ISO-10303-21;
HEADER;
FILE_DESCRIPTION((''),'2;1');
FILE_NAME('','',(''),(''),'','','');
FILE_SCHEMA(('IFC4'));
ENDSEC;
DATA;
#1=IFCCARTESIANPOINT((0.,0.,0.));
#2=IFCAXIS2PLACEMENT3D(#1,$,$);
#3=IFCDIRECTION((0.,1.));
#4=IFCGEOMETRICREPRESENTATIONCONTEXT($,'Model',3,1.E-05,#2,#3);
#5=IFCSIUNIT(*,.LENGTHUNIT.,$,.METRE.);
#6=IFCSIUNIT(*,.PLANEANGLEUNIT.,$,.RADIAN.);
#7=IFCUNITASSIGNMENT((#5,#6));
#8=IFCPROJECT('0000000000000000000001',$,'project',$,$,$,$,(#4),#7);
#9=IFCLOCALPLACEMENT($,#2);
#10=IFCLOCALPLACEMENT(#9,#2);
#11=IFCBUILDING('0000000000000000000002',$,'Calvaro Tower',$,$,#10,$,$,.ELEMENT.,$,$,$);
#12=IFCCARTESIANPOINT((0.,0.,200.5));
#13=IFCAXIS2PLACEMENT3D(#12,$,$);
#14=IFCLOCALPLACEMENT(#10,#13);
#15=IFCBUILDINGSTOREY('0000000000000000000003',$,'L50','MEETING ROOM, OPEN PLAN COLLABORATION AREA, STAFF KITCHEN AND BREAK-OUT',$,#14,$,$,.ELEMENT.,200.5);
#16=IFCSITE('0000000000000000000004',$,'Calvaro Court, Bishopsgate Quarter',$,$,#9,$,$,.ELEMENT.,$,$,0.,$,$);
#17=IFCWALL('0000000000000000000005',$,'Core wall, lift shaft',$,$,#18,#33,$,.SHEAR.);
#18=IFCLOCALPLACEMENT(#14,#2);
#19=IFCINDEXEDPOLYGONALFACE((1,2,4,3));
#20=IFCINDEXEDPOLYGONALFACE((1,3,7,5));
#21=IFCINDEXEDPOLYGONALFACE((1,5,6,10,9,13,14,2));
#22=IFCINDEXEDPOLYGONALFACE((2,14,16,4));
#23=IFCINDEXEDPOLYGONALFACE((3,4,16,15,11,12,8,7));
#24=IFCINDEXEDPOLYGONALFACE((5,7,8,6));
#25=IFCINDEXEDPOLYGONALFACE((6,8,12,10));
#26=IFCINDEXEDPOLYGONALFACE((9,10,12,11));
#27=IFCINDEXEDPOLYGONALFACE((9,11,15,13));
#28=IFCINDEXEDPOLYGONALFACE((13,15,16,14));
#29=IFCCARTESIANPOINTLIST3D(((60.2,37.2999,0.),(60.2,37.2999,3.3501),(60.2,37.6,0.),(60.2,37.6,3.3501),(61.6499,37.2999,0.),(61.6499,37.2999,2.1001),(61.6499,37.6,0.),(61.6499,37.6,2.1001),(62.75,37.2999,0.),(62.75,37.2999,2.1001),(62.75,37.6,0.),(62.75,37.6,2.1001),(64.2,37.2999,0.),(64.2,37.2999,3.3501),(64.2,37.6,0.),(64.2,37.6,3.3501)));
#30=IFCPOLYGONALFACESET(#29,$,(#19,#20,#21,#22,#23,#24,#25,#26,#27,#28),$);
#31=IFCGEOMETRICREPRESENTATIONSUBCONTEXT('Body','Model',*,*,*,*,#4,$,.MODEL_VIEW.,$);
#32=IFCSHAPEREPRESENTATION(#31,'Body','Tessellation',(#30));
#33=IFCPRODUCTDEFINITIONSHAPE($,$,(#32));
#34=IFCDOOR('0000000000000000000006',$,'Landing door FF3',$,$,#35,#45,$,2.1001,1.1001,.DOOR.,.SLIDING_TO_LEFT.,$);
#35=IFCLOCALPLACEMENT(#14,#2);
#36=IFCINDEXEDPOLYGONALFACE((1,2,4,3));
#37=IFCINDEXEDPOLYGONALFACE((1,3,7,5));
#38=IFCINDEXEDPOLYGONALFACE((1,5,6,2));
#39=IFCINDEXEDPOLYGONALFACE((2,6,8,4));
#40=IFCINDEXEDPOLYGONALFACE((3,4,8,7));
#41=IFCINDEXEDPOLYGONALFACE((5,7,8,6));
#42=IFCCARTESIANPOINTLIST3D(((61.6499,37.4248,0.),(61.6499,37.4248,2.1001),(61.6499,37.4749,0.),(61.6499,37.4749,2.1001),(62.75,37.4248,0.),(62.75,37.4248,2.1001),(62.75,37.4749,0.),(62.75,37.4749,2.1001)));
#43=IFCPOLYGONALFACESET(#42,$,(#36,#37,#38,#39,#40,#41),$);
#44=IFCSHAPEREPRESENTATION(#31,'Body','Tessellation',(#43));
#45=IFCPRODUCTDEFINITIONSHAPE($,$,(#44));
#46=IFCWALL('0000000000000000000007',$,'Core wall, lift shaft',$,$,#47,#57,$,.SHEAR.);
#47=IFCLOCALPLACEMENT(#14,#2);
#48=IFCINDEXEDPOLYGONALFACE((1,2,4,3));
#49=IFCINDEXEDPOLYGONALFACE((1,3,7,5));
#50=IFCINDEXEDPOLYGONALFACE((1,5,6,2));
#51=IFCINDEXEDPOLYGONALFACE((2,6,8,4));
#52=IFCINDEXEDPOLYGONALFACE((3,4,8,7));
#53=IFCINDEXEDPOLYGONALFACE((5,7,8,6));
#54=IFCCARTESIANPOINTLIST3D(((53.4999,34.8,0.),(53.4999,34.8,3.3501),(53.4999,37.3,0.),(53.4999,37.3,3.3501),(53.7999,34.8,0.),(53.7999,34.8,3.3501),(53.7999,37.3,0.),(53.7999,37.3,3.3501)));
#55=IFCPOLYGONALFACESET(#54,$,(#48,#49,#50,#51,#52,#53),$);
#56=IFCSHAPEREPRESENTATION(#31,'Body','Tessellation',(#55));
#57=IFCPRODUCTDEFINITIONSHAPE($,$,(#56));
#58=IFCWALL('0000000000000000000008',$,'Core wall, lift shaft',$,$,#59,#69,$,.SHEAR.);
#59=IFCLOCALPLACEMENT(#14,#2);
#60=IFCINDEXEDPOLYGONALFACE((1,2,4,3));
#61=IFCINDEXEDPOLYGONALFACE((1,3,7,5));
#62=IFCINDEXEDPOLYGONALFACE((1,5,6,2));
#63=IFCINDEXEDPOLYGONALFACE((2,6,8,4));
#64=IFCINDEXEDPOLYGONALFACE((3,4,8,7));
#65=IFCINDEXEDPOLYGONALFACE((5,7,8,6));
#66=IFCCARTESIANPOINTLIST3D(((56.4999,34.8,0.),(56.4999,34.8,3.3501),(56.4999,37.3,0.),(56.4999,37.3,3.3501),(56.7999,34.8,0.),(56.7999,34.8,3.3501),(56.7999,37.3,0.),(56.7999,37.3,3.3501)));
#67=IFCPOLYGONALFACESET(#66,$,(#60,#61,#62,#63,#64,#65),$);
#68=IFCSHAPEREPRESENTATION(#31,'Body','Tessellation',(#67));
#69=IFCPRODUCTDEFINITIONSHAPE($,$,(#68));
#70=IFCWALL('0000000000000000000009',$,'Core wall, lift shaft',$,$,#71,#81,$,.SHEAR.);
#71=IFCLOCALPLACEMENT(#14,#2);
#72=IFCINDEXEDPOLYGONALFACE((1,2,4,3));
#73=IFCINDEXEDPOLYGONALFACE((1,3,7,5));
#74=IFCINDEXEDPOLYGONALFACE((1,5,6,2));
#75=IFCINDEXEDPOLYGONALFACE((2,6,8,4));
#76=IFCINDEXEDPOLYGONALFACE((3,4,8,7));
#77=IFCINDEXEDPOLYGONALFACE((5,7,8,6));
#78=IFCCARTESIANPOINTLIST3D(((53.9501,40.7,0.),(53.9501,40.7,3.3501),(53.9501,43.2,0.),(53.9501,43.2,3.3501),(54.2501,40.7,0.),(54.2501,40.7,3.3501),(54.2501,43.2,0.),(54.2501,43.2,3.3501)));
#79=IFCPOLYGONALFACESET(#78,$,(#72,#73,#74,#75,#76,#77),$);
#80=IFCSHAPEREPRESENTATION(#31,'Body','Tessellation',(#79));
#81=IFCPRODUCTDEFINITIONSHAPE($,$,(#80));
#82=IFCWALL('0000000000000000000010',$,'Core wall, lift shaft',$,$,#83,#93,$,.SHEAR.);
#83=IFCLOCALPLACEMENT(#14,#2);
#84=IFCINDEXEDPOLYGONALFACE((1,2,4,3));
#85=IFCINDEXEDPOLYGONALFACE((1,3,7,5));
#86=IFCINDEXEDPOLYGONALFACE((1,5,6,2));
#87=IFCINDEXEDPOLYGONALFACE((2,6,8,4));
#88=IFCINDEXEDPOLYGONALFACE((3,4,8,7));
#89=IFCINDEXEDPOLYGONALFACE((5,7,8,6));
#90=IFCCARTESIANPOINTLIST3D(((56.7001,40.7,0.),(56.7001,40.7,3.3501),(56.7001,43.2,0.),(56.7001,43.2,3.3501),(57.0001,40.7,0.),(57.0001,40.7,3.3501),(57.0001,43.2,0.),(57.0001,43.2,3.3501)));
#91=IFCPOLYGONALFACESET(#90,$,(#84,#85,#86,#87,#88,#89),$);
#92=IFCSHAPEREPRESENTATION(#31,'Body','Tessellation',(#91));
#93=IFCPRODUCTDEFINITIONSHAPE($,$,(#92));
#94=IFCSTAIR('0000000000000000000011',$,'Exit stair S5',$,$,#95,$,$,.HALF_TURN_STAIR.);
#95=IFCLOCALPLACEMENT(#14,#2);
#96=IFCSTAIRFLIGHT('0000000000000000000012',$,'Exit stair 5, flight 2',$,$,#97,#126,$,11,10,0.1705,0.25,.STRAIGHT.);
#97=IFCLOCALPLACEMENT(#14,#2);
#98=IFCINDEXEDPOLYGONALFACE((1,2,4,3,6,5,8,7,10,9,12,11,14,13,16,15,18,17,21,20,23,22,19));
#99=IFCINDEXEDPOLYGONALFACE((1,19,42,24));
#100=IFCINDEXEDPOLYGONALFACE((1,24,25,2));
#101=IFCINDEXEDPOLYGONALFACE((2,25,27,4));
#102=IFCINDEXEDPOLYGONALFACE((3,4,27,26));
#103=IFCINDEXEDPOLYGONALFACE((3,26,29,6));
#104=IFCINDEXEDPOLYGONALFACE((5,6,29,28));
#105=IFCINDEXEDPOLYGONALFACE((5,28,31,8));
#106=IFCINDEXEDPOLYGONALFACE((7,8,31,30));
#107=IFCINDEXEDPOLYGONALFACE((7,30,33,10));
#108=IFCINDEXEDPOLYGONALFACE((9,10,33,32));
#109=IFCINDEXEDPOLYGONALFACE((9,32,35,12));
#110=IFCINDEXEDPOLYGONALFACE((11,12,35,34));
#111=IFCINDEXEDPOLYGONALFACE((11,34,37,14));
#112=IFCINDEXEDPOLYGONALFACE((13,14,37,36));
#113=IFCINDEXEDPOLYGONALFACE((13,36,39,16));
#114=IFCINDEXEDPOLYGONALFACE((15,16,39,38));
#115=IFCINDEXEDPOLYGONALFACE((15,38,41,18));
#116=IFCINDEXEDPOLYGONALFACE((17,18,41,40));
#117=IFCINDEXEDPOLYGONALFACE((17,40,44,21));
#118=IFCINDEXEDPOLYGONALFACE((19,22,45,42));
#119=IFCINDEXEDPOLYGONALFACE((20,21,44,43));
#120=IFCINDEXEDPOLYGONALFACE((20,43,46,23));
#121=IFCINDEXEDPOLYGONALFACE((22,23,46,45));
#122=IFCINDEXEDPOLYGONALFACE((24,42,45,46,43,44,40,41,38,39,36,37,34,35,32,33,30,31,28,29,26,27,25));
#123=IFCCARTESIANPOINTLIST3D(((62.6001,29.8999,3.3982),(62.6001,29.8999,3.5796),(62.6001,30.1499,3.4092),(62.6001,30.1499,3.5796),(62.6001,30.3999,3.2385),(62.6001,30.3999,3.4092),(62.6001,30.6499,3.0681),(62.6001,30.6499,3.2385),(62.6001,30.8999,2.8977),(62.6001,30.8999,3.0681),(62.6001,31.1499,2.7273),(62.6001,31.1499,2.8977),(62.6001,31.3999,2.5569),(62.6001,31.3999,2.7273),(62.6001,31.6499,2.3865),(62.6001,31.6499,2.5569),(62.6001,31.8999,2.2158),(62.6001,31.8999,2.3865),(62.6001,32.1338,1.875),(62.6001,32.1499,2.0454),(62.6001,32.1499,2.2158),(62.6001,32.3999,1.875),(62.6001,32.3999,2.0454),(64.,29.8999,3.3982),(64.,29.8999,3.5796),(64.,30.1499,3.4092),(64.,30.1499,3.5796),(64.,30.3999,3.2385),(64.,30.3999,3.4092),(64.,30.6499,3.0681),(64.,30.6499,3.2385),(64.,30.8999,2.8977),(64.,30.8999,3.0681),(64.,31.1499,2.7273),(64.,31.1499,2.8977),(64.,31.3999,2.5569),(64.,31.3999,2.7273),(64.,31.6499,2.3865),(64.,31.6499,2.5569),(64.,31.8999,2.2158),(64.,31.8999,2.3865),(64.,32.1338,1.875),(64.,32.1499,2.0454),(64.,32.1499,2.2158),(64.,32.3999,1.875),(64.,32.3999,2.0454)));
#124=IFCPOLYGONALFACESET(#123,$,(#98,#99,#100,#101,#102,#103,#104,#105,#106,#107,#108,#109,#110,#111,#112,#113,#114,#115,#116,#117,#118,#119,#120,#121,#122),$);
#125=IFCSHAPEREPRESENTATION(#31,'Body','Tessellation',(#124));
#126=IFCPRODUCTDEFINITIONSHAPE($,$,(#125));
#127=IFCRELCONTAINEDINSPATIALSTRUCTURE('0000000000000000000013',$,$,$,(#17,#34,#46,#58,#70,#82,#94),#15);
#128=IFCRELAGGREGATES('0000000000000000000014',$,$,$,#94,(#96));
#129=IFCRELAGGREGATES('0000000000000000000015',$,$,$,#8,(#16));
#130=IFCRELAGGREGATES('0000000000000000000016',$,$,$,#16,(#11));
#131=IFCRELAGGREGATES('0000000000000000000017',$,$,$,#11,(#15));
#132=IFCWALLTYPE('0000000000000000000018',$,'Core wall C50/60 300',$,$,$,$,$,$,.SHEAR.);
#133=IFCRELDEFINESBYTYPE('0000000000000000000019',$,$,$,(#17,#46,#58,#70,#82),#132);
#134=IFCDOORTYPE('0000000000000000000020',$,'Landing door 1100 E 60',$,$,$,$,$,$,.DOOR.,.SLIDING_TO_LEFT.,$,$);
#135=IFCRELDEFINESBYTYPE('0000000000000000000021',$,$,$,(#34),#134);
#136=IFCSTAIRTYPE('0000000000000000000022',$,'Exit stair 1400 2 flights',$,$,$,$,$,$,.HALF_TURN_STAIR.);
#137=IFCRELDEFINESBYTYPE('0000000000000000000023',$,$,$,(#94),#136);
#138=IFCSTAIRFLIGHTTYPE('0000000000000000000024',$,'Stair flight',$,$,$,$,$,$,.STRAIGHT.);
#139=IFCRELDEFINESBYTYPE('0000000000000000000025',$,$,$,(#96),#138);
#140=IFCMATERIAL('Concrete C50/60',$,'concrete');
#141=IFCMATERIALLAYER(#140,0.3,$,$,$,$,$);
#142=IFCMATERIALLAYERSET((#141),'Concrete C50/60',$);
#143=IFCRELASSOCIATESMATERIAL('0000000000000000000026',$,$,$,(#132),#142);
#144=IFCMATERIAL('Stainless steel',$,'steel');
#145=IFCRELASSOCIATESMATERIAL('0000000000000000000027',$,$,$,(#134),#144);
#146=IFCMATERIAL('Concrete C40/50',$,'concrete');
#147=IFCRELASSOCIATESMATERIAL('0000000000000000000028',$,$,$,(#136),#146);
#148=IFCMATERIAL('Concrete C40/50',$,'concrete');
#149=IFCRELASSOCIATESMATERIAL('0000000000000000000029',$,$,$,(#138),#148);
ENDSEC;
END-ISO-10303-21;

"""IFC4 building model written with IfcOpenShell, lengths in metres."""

from ifc_helpers import new_model, si_unit, direction, frame, frame_2d, origin, place, context, subcontext, project, spatial, polyline, rectangle, outline, extrude, material, layer, layer_set, type_object, element, fill, aggregate, save


model = new_model("IFC4")

# Units and contexts
model_context = context("Model", 3, precision=1e-05, world=origin(), true_north=direction((0.0, 1.0)))
body_context = subcontext(model_context, "Body", "Model", "MODEL_VIEW")
ifc_project = project(units=[si_unit("LENGTHUNIT", "METRE"), si_unit("PLANEANGLEUNIT", "RADIAN")], contexts=[model_context])

# Site, building, storey
site_placement = place(None, origin())
site = spatial("IfcSite", under=ifc_project, at=site_placement, Name="Calvaro Court, Bishopsgate Quarter", CompositionType="ELEMENT", RefElevation=0.0)
building_placement = place(site_placement, origin())
building = spatial("IfcBuilding", under=site, at=building_placement, Name="Calvaro Tower", CompositionType="ELEMENT")
storey_placement = place(building_placement, frame((0.0, 0.0, 200.5)))
storey = spatial("IfcBuildingStorey", under=building, at=storey_placement, Name="L50", Description="MEETING ROOM, OPEN PLAN COLLABORATION AREA, STAFF KITCHEN AND BREAK-OUT", CompositionType="ELEMENT", Elevation=200.5)

# Shared definitions
ifc_material_1 = material(Name="Concrete C50/60", Category="concrete")
ifc_layer_1 = layer(ifc_material_1, 0.3)
ifc_layer_set_1 = layer_set([ifc_layer_1], Name="Concrete C50/60")
wall_type_1 = type_object("IfcWallType", Name="Core wall C50/60 300", PredefinedType="SHEAR", material=ifc_layer_set_1)

# Wall, opening, door
wall_1_placement = place(storey_placement, frame((60.2, 37.45, 0.0), z_axis=(0.0, 0.0, 1.0), x_axis=(1.0, 0.0, 0.0)))
wall_1 = element("IfcWall", 1, at=wall_1_placement, inside=storey, type_object=wall_type_1, Name="Core wall, lift shaft", PredefinedType="SHEAR", context=body_context, shape_type="SweptSolid", body=[
    extrude(rectangle(XDim=4.0, YDim=0.3, at=frame_2d((2.0, 0.0))), origin(), (0.0, 0.0, 1.0), 3.3501),
])
opening_1_placement = place(wall_1_placement, frame((1.45, 0.0, 0.0)))
opening_1 = element("IfcOpeningElement", 2, at=opening_1_placement, cuts=wall_1, PredefinedType="OPENING", context=body_context, shape_type="SweptSolid", body=[
    extrude(rectangle(XDim=1.1001, YDim=2.1001, at=frame_2d((0.55, 1.05))), frame((0.0, 0.1599, 0.0), z_axis=(0.0, -1.0, 0.0), x_axis=(1.0, 0.0, 0.0)), (0.0, 0.0, 1.0), 0.3201),
])
ifc_material_2 = material(Name="Stainless steel", Category="steel")
door_type_1 = type_object("IfcDoorType", Name="Landing door 1100 E 60", OperationType="SLIDING_TO_LEFT", PredefinedType="DOOR", material=ifc_material_2)
door_1_placement = place(opening_1_placement, origin())
door_1 = element("IfcDoor", 3, at=door_1_placement, inside=storey, type_object=door_type_1, Name="Landing door FF3", OperationType="SLIDING_TO_LEFT", OverallHeight=2.1001, OverallWidth=1.1001, PredefinedType="DOOR", context=body_context, shape_type="SweptSolid", body=[
    extrude(rectangle(XDim=1.1001, YDim=2.1001, at=frame_2d((0.55, 1.05))), frame((0.0, 0.0249, 0.0), z_axis=(0.0, -1.0, 0.0), x_axis=(1.0, 0.0, 0.0)), (0.0, 0.0, 1.0), 0.05),
])
fill(opening_1, door_1)

# Walls
for number, where, z_axis, x_axis, name in (
    (4, (53.6499, 34.8, 0.0), (0.0, 0.0, 1.0), (0.0, 1.0, 0.0), "Core wall, lift shaft"),
    (5, (56.6499, 34.8, 0.0), (0.0, 0.0, 1.0), (0.0, 1.0, 0.0), "Core wall, lift shaft"),
    (6, (54.1001, 40.7, 0.0), (0.0, 0.0, 1.0), (0.0, 1.0, 0.0), "Core wall, lift shaft"),
    (7, (56.8501, 40.7, 0.0), (0.0, 0.0, 1.0), (0.0, 1.0, 0.0), "Core wall, lift shaft"),
):
    element("IfcWall", number, at=place(storey_placement, frame(where, z_axis=z_axis, x_axis=x_axis)), inside=storey, type_object=wall_type_1, Name=name, PredefinedType="SHEAR", context=body_context, shape_type="SweptSolid", body=[
        extrude(rectangle(XDim=2.5, YDim=0.3, at=frame_2d((1.25, 0.0))), origin(), (0.0, 0.0, 1.0), 3.3501),
    ])

# Stair, stair flight
ifc_material_3 = material(Name="Concrete C40/50", Category="concrete")
stair_type = type_object("IfcStairType", Name="Exit stair 1400 2 flights", PredefinedType="HALF_TURN_STAIR", material=ifc_material_3)
stair_placement = place(storey_placement, origin())
stair = element("IfcStair", 8, at=stair_placement, inside=storey, type_object=stair_type, Name="Exit stair S5", PredefinedType="HALF_TURN_STAIR")
ifc_material_4 = material(Name="Concrete C40/50", Category="concrete")
stair_flight_type = type_object("IfcStairFlightType", Name="Stair flight", PredefinedType="STRAIGHT", material=ifc_material_4)
stair_flight_placement = place(storey_placement, frame((63.3, 32.3999, 1.875), z_axis=(0.0, 0.0, 1.0), x_axis=(0.0, -1.0, 0.0)))
stair_flight = element("IfcStairFlight", 9, at=stair_flight_placement, type_object=stair_flight_type, Name="Exit stair 5, flight 2", NumberOfRisers=11, NumberOfTreads=10, PredefinedType="STRAIGHT", RiserHeight=0.1705, TreadLength=0.25, context=body_context, shape_type="SweptSolid", body=[
    extrude(outline(polyline([(0.0, 0.0), (0.0, 0.1704), (0.25, 0.1704), (0.25, 0.3408), (0.5, 0.3408), (0.5, 0.5115), (0.75, 0.5115), (0.75, 0.6819), (1.0, 0.6819), (1.0, 0.8523), (1.25, 0.8523), (1.25, 1.0227), (1.5, 1.0227), (1.5, 1.1931), (1.75, 1.1931), (1.75, 1.3635), (2.0, 1.3635), (2.0, 1.5342), (2.25, 1.5342), (2.25, 1.7046), (2.5, 1.7046), (2.5, 1.875), (2.5, 1.5232), (0.2661, 0.0), (0.0, 0.0)])), frame((0.0, 0.7, 0.0), z_axis=(0.0, -1.0, 0.0), x_axis=(1.0, 0.0, 0.0)), (0.0, 0.0, 1.0), 1.3999),
])
aggregate(stair, [stair_flight])

save(model, "model.ifc")
